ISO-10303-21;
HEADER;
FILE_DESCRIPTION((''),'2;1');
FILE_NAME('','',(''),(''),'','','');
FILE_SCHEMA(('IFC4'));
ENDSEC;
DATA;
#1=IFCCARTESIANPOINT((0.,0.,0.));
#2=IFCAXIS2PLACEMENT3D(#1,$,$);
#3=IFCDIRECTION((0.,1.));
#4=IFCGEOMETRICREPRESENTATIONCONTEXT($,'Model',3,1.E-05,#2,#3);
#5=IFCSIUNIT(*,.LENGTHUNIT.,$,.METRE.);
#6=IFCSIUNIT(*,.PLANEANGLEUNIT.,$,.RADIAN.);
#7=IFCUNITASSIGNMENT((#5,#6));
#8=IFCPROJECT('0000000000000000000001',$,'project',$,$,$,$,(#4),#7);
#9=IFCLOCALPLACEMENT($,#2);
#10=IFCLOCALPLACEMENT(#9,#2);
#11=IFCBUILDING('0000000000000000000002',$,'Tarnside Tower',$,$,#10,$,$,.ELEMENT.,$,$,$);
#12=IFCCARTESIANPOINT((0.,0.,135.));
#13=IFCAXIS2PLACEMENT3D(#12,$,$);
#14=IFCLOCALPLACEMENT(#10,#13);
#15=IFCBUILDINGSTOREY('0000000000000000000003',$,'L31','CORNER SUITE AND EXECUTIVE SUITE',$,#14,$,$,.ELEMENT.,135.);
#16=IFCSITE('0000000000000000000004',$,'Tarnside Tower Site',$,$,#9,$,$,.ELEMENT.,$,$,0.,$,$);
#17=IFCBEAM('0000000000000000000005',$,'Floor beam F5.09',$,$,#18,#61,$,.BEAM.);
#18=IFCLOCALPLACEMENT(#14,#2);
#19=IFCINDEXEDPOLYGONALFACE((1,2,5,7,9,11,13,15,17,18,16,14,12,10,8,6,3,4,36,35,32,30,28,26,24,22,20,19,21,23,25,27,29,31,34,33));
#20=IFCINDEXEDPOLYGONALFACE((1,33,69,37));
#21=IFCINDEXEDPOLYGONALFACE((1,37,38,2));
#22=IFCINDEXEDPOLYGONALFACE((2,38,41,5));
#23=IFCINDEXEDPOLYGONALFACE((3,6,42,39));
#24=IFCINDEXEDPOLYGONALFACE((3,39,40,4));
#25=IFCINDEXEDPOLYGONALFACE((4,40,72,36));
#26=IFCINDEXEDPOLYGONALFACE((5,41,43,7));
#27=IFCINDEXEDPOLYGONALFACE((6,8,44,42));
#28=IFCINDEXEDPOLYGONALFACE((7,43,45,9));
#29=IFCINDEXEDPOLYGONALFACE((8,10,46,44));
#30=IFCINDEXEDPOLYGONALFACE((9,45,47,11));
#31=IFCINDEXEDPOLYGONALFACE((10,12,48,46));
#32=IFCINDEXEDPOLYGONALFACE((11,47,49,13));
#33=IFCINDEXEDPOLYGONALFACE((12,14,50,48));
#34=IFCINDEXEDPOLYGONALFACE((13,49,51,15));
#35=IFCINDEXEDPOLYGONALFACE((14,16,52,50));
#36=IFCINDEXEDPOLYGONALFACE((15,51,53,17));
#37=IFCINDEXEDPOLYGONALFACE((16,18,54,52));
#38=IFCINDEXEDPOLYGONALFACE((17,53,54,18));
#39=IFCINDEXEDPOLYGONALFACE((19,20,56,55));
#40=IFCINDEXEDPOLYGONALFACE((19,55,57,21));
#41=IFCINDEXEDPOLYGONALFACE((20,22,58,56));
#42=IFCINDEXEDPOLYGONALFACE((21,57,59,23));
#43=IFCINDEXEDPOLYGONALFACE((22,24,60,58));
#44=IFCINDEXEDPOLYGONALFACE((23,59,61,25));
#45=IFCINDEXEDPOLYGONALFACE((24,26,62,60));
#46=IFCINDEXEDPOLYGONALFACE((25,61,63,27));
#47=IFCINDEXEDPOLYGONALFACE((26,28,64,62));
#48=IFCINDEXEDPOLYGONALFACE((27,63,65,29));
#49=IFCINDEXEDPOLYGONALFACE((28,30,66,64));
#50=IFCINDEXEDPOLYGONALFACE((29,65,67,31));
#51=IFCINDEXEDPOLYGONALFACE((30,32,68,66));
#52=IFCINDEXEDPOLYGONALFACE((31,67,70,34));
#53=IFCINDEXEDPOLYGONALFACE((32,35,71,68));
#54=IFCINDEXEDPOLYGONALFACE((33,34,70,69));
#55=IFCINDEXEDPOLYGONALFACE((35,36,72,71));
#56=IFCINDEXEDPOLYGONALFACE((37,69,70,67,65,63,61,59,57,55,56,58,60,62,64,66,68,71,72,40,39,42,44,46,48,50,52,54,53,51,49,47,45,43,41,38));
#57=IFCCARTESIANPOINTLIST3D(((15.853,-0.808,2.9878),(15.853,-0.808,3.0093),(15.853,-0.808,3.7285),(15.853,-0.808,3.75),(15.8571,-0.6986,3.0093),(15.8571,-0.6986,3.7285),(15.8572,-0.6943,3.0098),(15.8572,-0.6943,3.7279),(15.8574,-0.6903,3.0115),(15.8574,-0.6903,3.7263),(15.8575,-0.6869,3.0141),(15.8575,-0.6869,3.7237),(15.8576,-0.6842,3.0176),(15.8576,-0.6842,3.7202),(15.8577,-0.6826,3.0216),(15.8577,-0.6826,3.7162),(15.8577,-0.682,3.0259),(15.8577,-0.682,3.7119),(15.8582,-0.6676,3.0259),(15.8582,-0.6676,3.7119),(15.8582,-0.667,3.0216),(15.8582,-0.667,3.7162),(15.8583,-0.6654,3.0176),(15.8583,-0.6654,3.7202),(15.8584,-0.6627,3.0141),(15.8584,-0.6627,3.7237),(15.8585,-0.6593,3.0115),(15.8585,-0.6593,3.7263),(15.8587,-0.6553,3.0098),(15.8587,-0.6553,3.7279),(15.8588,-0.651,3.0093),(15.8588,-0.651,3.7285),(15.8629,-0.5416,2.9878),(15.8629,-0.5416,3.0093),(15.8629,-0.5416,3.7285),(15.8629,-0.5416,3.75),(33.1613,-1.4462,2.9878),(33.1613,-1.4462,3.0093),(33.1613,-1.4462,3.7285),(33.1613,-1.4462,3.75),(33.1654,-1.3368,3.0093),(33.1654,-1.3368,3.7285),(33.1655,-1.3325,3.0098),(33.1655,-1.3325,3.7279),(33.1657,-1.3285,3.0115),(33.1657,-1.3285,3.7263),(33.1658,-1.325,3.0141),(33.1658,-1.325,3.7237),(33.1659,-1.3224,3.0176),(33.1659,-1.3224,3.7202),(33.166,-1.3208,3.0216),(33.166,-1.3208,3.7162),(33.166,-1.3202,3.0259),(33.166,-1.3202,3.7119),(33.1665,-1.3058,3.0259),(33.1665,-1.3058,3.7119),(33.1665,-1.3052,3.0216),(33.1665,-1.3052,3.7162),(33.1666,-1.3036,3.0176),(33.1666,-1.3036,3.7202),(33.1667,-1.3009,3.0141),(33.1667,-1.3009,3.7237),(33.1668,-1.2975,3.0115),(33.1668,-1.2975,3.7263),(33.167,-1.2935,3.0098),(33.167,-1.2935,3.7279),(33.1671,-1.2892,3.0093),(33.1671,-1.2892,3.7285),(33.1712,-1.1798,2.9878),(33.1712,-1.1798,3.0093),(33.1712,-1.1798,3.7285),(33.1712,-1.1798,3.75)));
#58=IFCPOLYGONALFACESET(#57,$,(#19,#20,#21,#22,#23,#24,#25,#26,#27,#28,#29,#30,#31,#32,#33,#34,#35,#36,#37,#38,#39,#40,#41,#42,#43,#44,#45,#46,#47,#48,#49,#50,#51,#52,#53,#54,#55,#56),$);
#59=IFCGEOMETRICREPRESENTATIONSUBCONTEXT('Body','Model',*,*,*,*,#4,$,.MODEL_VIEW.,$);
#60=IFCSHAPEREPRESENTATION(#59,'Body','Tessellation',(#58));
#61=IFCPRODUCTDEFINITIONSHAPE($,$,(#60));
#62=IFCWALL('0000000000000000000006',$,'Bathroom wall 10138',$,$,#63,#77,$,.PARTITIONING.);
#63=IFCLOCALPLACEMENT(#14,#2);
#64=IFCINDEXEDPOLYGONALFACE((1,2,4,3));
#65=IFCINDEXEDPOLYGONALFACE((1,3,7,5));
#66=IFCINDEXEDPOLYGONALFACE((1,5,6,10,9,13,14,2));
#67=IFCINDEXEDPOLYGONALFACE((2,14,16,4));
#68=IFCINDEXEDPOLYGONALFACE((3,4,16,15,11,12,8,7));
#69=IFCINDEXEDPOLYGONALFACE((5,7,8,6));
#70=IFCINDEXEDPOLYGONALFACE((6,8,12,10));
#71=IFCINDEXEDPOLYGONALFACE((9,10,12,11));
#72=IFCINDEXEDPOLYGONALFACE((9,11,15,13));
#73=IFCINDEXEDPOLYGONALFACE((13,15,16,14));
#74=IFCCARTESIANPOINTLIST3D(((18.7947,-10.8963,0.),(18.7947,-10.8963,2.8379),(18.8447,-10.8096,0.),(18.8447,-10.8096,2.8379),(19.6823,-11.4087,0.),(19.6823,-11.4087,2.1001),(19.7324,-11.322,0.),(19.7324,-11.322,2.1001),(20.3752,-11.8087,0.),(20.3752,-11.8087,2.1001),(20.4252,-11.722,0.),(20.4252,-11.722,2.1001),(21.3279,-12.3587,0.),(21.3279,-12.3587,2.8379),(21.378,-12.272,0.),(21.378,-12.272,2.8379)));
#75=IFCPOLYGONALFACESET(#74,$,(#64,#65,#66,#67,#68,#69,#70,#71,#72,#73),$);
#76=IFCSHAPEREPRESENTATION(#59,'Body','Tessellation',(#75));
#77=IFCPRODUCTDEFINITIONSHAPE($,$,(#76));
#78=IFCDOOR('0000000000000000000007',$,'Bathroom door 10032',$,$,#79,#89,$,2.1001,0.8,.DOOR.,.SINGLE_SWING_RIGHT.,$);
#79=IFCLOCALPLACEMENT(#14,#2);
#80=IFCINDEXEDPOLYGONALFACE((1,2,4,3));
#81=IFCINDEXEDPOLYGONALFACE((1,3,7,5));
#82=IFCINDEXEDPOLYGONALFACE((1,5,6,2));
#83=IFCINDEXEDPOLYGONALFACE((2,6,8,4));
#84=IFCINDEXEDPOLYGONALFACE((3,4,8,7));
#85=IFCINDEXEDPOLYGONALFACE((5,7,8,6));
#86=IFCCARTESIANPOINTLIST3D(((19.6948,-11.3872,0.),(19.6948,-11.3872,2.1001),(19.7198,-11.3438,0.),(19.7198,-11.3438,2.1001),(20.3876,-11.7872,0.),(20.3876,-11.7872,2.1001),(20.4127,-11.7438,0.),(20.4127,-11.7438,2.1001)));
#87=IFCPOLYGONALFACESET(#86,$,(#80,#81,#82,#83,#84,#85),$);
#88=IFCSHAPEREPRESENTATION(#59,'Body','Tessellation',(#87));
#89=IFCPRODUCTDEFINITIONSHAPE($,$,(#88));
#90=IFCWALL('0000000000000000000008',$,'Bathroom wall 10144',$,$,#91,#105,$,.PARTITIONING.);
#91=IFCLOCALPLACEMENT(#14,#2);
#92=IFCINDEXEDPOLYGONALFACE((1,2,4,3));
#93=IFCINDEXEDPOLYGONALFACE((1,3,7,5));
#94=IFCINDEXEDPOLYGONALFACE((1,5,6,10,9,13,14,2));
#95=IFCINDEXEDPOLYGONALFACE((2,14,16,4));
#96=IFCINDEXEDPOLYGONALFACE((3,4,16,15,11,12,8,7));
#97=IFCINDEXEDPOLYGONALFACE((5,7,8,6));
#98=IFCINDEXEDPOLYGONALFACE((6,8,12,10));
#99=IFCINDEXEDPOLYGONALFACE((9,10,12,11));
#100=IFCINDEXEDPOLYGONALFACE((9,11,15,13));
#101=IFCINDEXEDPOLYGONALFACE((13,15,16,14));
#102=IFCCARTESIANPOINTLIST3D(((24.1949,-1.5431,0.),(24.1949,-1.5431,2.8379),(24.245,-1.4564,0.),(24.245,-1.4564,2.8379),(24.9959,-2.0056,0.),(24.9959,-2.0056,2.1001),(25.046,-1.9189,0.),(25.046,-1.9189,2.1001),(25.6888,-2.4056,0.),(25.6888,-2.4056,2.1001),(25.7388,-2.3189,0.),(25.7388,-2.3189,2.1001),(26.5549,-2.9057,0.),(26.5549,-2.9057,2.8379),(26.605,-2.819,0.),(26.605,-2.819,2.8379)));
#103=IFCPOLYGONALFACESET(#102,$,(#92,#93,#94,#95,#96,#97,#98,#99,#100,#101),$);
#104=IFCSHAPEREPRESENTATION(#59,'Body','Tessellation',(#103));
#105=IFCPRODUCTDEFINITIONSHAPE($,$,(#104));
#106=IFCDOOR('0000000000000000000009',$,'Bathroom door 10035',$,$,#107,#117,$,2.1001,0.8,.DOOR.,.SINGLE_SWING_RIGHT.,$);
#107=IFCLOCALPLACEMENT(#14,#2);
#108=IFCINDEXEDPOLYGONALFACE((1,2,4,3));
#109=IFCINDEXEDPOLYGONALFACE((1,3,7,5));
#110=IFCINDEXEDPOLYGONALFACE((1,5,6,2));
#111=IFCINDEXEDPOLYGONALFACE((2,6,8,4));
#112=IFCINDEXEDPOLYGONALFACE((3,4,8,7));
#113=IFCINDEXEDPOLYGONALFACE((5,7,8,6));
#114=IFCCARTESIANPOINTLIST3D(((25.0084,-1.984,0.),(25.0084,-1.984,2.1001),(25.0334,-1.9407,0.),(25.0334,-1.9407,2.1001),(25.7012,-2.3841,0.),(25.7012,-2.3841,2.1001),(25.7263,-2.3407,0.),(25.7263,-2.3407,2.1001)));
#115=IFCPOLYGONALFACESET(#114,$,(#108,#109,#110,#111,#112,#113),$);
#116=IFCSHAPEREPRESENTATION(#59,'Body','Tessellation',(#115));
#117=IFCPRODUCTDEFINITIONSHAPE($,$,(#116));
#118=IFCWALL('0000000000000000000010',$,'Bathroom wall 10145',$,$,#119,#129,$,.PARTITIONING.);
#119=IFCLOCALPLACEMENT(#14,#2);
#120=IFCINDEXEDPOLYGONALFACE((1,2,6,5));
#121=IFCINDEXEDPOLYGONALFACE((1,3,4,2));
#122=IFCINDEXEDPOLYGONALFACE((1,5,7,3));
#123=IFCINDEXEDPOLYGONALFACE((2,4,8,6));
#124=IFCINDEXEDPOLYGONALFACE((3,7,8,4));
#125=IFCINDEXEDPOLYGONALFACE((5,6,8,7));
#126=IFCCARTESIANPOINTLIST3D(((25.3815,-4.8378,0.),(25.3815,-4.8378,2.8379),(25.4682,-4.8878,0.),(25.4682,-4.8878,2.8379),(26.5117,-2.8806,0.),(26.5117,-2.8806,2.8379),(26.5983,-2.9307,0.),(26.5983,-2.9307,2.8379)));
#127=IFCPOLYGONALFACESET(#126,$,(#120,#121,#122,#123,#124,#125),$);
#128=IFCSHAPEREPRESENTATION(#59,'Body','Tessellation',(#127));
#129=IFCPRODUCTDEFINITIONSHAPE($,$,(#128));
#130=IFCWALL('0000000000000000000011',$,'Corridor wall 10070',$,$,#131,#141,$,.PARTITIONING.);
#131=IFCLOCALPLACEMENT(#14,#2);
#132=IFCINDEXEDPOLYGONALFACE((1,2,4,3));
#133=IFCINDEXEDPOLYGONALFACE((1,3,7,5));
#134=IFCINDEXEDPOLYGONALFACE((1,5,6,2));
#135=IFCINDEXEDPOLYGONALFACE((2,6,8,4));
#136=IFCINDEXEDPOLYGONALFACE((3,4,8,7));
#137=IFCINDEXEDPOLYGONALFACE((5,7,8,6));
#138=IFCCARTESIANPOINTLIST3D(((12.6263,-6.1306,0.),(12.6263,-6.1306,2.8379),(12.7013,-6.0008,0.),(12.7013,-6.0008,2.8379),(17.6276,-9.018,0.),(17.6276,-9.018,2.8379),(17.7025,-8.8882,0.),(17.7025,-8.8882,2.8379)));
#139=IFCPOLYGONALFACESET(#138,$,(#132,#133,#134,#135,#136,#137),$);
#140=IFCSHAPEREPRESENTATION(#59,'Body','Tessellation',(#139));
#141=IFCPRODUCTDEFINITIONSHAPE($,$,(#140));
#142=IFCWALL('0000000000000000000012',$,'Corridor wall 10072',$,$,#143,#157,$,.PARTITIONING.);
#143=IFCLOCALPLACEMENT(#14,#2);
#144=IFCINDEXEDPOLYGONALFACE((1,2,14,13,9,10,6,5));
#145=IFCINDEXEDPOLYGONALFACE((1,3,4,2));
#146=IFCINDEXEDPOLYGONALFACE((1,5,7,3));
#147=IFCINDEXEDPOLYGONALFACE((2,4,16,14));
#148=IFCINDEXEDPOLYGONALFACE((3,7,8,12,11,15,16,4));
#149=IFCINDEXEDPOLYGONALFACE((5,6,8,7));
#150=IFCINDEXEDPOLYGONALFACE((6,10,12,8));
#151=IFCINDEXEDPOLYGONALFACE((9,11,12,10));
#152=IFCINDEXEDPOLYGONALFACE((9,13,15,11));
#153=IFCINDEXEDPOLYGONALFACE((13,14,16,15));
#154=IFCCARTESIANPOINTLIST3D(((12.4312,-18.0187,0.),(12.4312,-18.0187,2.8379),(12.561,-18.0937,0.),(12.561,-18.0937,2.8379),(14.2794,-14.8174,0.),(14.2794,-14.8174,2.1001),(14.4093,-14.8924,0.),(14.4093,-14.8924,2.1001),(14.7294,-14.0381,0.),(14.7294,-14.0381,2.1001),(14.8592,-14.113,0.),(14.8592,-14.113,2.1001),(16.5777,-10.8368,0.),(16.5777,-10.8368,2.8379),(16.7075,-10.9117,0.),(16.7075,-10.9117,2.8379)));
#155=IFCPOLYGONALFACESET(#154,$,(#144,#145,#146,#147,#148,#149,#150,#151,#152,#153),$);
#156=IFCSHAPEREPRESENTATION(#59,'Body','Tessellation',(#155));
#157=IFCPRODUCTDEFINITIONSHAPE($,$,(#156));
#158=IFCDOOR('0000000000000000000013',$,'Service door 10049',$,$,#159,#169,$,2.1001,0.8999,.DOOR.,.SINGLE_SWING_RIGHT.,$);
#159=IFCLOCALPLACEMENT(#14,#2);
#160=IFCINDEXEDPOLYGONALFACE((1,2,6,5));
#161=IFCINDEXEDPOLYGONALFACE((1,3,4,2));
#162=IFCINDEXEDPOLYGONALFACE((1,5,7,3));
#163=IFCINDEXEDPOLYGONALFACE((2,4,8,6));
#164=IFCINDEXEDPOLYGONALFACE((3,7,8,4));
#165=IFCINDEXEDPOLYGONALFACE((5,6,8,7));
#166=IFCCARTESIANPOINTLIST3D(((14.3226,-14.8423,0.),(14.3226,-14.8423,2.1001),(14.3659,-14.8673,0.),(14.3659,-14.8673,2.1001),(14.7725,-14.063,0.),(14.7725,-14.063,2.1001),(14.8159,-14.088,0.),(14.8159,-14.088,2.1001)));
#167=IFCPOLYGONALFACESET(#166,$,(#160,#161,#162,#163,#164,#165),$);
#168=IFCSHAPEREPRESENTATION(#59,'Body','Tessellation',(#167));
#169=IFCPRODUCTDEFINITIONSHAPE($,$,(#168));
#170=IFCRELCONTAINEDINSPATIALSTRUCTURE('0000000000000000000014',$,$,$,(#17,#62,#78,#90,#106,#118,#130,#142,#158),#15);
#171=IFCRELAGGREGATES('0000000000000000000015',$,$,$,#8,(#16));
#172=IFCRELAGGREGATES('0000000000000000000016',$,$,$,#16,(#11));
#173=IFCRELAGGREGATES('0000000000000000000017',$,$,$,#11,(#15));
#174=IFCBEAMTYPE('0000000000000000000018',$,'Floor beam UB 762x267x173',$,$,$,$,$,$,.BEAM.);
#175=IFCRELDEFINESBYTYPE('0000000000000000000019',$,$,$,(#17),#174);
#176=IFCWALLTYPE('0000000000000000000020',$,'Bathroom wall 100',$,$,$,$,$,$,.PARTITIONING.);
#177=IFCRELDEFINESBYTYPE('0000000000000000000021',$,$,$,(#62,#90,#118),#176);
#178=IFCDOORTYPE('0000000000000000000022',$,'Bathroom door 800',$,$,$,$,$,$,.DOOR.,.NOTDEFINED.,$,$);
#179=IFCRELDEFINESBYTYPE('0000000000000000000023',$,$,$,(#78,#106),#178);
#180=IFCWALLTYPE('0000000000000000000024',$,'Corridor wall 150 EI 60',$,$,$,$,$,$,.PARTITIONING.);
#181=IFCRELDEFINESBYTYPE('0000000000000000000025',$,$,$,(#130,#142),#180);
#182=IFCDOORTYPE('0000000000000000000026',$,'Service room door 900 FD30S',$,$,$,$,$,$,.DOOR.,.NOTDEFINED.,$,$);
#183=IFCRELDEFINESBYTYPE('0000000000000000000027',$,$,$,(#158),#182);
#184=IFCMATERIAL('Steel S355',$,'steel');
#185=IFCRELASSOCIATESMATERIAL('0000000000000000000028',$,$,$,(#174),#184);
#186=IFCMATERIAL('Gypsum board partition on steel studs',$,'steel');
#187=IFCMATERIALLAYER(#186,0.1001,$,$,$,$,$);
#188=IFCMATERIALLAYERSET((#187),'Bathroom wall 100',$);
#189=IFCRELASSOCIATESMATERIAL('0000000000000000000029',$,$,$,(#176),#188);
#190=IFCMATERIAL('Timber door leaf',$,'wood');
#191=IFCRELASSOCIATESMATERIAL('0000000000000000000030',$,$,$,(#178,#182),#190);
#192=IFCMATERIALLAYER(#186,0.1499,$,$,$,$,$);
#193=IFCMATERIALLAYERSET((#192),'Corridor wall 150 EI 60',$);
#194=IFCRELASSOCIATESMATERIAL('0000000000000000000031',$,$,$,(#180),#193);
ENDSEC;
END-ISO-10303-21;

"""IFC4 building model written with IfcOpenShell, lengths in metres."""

from ifc_helpers import new_model, si_unit, direction, frame, frame_2d, origin, origin_2d, place, context, subcontext, project, spatial, rectangle, i_section, extrude, material, layer, layer_set, material_profile, profile_set, type_object, element, fill, save


model = new_model("IFC4")

# Units and contexts
model_context = context("Model", 3, precision=1e-05, world=origin(), true_north=direction((0.0, 1.0)))
body_context = subcontext(model_context, "Body", "Model", "MODEL_VIEW")
ifc_project = project(units=[si_unit("LENGTHUNIT", "METRE"), si_unit("PLANEANGLEUNIT", "RADIAN")], contexts=[model_context])

# Site, building, storey
site_placement = place(None, origin())
site = spatial("IfcSite", under=ifc_project, at=site_placement, Name="Tarnside Tower Site", CompositionType="ELEMENT", RefElevation=0.0)
building_placement = place(site_placement, origin())
building = spatial("IfcBuilding", under=site, at=building_placement, Name="Tarnside Tower", CompositionType="ELEMENT")
storey_placement = place(building_placement, frame((0.0, 0.0, 135.0)))
storey = spatial("IfcBuildingStorey", under=building, at=storey_placement, Name="L31", Description="CORNER SUITE AND EXECUTIVE SUITE", CompositionType="ELEMENT", Elevation=135.0)

# Beam
ifc_material_1 = material(Name="Steel S355", Category="steel")
ifc_material_profile_1 = material_profile(ifc_material_1, i_section(OverallWidth=0.2666, OverallDepth=0.7622, WebThickness=0.0144, FlangeThickness=0.0215, FilletRadius=0.0166, at=origin_2d()), Name="UB 762x267x173")
ifc_profile_set_1 = profile_set([ifc_material_profile_1], Name="Steel S355")
beam_type_1 = type_object("IfcBeamType", Name="Floor beam UB 762x267x173", PredefinedType="BEAM", material=ifc_profile_set_1)
beam_1_placement = place(storey_placement, frame((33.1663, -1.313, 3.3689), z_axis=(-0.999321, 0.036846, 0.0), x_axis=(-0.036846, -0.999321, 0.0)))
element("IfcBeam", 1, at=beam_1_placement, inside=storey, type_object=beam_type_1, Name="Floor beam F5.09", PredefinedType="BEAM", context=body_context, shape_type="SweptSolid", body=[
    extrude(i_section(OverallWidth=0.2666, OverallDepth=0.7622, WebThickness=0.0144, FlangeThickness=0.0215, FilletRadius=0.0166, at=origin_2d()), origin(), (0.0, 0.0, 1.0), 17.3201),
])

# Walls, openings, doors
ifc_material_2 = material(Name="Gypsum board partition on steel studs", Category="steel")
ifc_layer_1 = layer(ifc_material_2, 0.1001)
ifc_layer_set_1 = layer_set([ifc_layer_1], Name="Bathroom wall 100")
wall_type_1 = type_object("IfcWallType", Name="Bathroom wall 100", PredefinedType="PARTITIONING", material=ifc_layer_set_1)
wall_1_placement = place(storey_placement, frame((18.8198, -10.853, 0.0), z_axis=(0.0, 0.0, 1.0), x_axis=(0.866047, -0.499963, 0.0)))
wall_1 = element("IfcWall", 2, at=wall_1_placement, inside=storey, type_object=wall_type_1, Name="Bathroom wall 10138", PredefinedType="PARTITIONING", context=body_context, shape_type="SweptSolid", body=[
    extrude(rectangle(XDim=2.925, YDim=0.1001, at=frame_2d((1.4624, 0.0))), origin(), (0.0, 0.0, 1.0), 2.8379),
])
opening_1_placement = place(wall_1_placement, frame((1.0249, 0.0, 0.0)))
opening_1 = element("IfcOpeningElement", 3, at=opening_1_placement, cuts=wall_1, PredefinedType="OPENING", context=body_context, shape_type="SweptSolid", body=[
    extrude(rectangle(XDim=0.8, YDim=2.1001, at=frame_2d((0.3999, 1.05))), frame((0.0, 0.0601, 0.0), z_axis=(0.0, -1.0, 0.0), x_axis=(1.0, 0.0, 0.0)), (0.0, 0.0, 1.0), 0.1201),
])
ifc_material_3 = material(Name="Timber door leaf", Category="wood")
door_type_1 = type_object("IfcDoorType", Name="Bathroom door 800", OperationType="NOTDEFINED", PredefinedType="DOOR", material=ifc_material_3)
door_1_placement = place(opening_1_placement, origin())
door_1 = element("IfcDoor", 4, at=door_1_placement, inside=storey, type_object=door_type_1, Name="Bathroom door 10032", OperationType="SINGLE_SWING_RIGHT", OverallHeight=2.1001, OverallWidth=0.8, PredefinedType="DOOR", context=body_context, shape_type="SweptSolid", body=[
    extrude(rectangle(XDim=0.8, YDim=2.1001, at=frame_2d((0.3999, 1.05))), frame((0.0, 0.0249, 0.0), z_axis=(0.0, -1.0, 0.0), x_axis=(1.0, 0.0, 0.0)), (0.0, 0.0, 1.0), 0.05),
])
fill(opening_1, door_1)
wall_2_placement = place(storey_placement, frame((24.22, -1.4998, 0.0), z_axis=(0.0, 0.0, 1.0), x_axis=(0.866013, -0.500022, 0.0)))
wall_2 = element("IfcWall", 5, at=wall_2_placement, inside=storey, type_object=wall_type_1, Name="Bathroom wall 10144", PredefinedType="PARTITIONING", context=body_context, shape_type="SweptSolid", body=[
    extrude(rectangle(XDim=2.7251, YDim=0.1001, at=frame_2d((1.3625, 0.0))), origin(), (0.0, 0.0, 1.0), 2.8379),
])
opening_2_placement = place(wall_2_placement, frame((0.925, 0.0, 0.0)))
opening_2 = element("IfcOpeningElement", 6, at=opening_2_placement, cuts=wall_2, PredefinedType="OPENING", context=body_context, shape_type="SweptSolid", body=[
    extrude(rectangle(XDim=0.8, YDim=2.1001, at=frame_2d((0.3999, 1.05))), frame((0.0, 0.0601, 0.0), z_axis=(0.0, -1.0, 0.0), x_axis=(1.0, 0.0, 0.0)), (0.0, 0.0, 1.0), 0.1201),
])
door_2_placement = place(opening_2_placement, origin())
door_2 = element("IfcDoor", 7, at=door_2_placement, inside=storey, type_object=door_type_1, Name="Bathroom door 10035", OperationType="SINGLE_SWING_RIGHT", OverallHeight=2.1001, OverallWidth=0.8, PredefinedType="DOOR", context=body_context, shape_type="SweptSolid", body=[
    extrude(rectangle(XDim=0.8, YDim=2.1001, at=frame_2d((0.3999, 1.05))), frame((0.0, 0.0249, 0.0), z_axis=(0.0, -1.0, 0.0), x_axis=(1.0, 0.0, 0.0)), (0.0, 0.0, 1.0), 0.05),
])
fill(opening_2, door_2)

# Walls
wall_3_placement = place(storey_placement, frame((26.5549, -2.9058, 0.0), z_axis=(0.0, 0.0, 1.0), x_axis=(-0.500078, -0.86598, 0.0)))
element("IfcWall", 8, at=wall_3_placement, inside=storey, type_object=wall_type_1, Name="Bathroom wall 10145", PredefinedType="PARTITIONING", context=body_context, shape_type="SweptSolid", body=[
    extrude(rectangle(XDim=2.26, YDim=0.1001, at=frame_2d((1.1299, 0.0))), origin(), (0.0, 0.0, 1.0), 2.8379),
])
ifc_layer_2 = layer(ifc_material_2, 0.1499)
ifc_layer_set_2 = layer_set([ifc_layer_2], Name="Corridor wall 150 EI 60")
wall_type_2 = type_object("IfcWallType", Name="Corridor wall 150 EI 60", PredefinedType="PARTITIONING", material=ifc_layer_set_2)
wall_4_placement = place(storey_placement, frame((17.665, -8.9531, 0.0), z_axis=(0.0, 0.0, 1.0), x_axis=(-0.866026, 0.499999, 0.0)))
element("IfcWall", 9, at=wall_4_placement, inside=storey, type_object=wall_type_2, Name="Corridor wall 10070", PredefinedType="PARTITIONING", context=body_context, shape_type="SweptSolid", body=[
    extrude(rectangle(XDim=5.7749, YDim=0.1499, at=frame_2d((2.8875, 0.0))), origin(), (0.0, 0.0, 1.0), 2.8379),
])

# Wall, opening, door
wall_5_placement = place(storey_placement, frame((16.6426, -10.8743, 0.0), z_axis=(0.0, 0.0, 1.0), x_axis=(-0.500002, -0.866024, 0.0)))
wall_5 = element("IfcWall", 10, at=wall_5_placement, inside=storey, type_object=wall_type_2, Name="Corridor wall 10072", PredefinedType="PARTITIONING", context=body_context, shape_type="SweptSolid", body=[
    extrude(rectangle(XDim=8.293, YDim=0.1499, at=frame_2d((4.1465, 0.0))), origin(), (0.0, 0.0, 1.0), 2.8379),
])
opening_3_placement = place(wall_5_placement, frame((3.6965, 0.0, 0.0)))
opening_3 = element("IfcOpeningElement", 11, at=opening_3_placement, cuts=wall_5, PredefinedType="OPENING", context=body_context, shape_type="SweptSolid", body=[
    extrude(rectangle(XDim=0.8999, YDim=2.1001, at=frame_2d((0.45, 1.05))), frame((0.0, 0.085, 0.0), z_axis=(0.0, -1.0, 0.0), x_axis=(1.0, 0.0, 0.0)), (0.0, 0.0, 1.0), 0.1699),
])
door_type_2 = type_object("IfcDoorType", Name="Service room door 900 FD30S", OperationType="NOTDEFINED", PredefinedType="DOOR", material=ifc_material_3)
door_3_placement = place(opening_3_placement, origin())
door_3 = element("IfcDoor", 12, at=door_3_placement, inside=storey, type_object=door_type_2, Name="Service door 10049", OperationType="SINGLE_SWING_RIGHT", OverallHeight=2.1001, OverallWidth=0.8999, PredefinedType="DOOR", context=body_context, shape_type="SweptSolid", body=[
    extrude(rectangle(XDim=0.8999, YDim=2.1001, at=frame_2d((0.45, 1.05))), frame((0.0, 0.0249, 0.0), z_axis=(0.0, -1.0, 0.0), x_axis=(1.0, 0.0, 0.0)), (0.0, 0.0, 1.0), 0.05),
])
fill(opening_3, door_3)

save(model, "model.ifc")
